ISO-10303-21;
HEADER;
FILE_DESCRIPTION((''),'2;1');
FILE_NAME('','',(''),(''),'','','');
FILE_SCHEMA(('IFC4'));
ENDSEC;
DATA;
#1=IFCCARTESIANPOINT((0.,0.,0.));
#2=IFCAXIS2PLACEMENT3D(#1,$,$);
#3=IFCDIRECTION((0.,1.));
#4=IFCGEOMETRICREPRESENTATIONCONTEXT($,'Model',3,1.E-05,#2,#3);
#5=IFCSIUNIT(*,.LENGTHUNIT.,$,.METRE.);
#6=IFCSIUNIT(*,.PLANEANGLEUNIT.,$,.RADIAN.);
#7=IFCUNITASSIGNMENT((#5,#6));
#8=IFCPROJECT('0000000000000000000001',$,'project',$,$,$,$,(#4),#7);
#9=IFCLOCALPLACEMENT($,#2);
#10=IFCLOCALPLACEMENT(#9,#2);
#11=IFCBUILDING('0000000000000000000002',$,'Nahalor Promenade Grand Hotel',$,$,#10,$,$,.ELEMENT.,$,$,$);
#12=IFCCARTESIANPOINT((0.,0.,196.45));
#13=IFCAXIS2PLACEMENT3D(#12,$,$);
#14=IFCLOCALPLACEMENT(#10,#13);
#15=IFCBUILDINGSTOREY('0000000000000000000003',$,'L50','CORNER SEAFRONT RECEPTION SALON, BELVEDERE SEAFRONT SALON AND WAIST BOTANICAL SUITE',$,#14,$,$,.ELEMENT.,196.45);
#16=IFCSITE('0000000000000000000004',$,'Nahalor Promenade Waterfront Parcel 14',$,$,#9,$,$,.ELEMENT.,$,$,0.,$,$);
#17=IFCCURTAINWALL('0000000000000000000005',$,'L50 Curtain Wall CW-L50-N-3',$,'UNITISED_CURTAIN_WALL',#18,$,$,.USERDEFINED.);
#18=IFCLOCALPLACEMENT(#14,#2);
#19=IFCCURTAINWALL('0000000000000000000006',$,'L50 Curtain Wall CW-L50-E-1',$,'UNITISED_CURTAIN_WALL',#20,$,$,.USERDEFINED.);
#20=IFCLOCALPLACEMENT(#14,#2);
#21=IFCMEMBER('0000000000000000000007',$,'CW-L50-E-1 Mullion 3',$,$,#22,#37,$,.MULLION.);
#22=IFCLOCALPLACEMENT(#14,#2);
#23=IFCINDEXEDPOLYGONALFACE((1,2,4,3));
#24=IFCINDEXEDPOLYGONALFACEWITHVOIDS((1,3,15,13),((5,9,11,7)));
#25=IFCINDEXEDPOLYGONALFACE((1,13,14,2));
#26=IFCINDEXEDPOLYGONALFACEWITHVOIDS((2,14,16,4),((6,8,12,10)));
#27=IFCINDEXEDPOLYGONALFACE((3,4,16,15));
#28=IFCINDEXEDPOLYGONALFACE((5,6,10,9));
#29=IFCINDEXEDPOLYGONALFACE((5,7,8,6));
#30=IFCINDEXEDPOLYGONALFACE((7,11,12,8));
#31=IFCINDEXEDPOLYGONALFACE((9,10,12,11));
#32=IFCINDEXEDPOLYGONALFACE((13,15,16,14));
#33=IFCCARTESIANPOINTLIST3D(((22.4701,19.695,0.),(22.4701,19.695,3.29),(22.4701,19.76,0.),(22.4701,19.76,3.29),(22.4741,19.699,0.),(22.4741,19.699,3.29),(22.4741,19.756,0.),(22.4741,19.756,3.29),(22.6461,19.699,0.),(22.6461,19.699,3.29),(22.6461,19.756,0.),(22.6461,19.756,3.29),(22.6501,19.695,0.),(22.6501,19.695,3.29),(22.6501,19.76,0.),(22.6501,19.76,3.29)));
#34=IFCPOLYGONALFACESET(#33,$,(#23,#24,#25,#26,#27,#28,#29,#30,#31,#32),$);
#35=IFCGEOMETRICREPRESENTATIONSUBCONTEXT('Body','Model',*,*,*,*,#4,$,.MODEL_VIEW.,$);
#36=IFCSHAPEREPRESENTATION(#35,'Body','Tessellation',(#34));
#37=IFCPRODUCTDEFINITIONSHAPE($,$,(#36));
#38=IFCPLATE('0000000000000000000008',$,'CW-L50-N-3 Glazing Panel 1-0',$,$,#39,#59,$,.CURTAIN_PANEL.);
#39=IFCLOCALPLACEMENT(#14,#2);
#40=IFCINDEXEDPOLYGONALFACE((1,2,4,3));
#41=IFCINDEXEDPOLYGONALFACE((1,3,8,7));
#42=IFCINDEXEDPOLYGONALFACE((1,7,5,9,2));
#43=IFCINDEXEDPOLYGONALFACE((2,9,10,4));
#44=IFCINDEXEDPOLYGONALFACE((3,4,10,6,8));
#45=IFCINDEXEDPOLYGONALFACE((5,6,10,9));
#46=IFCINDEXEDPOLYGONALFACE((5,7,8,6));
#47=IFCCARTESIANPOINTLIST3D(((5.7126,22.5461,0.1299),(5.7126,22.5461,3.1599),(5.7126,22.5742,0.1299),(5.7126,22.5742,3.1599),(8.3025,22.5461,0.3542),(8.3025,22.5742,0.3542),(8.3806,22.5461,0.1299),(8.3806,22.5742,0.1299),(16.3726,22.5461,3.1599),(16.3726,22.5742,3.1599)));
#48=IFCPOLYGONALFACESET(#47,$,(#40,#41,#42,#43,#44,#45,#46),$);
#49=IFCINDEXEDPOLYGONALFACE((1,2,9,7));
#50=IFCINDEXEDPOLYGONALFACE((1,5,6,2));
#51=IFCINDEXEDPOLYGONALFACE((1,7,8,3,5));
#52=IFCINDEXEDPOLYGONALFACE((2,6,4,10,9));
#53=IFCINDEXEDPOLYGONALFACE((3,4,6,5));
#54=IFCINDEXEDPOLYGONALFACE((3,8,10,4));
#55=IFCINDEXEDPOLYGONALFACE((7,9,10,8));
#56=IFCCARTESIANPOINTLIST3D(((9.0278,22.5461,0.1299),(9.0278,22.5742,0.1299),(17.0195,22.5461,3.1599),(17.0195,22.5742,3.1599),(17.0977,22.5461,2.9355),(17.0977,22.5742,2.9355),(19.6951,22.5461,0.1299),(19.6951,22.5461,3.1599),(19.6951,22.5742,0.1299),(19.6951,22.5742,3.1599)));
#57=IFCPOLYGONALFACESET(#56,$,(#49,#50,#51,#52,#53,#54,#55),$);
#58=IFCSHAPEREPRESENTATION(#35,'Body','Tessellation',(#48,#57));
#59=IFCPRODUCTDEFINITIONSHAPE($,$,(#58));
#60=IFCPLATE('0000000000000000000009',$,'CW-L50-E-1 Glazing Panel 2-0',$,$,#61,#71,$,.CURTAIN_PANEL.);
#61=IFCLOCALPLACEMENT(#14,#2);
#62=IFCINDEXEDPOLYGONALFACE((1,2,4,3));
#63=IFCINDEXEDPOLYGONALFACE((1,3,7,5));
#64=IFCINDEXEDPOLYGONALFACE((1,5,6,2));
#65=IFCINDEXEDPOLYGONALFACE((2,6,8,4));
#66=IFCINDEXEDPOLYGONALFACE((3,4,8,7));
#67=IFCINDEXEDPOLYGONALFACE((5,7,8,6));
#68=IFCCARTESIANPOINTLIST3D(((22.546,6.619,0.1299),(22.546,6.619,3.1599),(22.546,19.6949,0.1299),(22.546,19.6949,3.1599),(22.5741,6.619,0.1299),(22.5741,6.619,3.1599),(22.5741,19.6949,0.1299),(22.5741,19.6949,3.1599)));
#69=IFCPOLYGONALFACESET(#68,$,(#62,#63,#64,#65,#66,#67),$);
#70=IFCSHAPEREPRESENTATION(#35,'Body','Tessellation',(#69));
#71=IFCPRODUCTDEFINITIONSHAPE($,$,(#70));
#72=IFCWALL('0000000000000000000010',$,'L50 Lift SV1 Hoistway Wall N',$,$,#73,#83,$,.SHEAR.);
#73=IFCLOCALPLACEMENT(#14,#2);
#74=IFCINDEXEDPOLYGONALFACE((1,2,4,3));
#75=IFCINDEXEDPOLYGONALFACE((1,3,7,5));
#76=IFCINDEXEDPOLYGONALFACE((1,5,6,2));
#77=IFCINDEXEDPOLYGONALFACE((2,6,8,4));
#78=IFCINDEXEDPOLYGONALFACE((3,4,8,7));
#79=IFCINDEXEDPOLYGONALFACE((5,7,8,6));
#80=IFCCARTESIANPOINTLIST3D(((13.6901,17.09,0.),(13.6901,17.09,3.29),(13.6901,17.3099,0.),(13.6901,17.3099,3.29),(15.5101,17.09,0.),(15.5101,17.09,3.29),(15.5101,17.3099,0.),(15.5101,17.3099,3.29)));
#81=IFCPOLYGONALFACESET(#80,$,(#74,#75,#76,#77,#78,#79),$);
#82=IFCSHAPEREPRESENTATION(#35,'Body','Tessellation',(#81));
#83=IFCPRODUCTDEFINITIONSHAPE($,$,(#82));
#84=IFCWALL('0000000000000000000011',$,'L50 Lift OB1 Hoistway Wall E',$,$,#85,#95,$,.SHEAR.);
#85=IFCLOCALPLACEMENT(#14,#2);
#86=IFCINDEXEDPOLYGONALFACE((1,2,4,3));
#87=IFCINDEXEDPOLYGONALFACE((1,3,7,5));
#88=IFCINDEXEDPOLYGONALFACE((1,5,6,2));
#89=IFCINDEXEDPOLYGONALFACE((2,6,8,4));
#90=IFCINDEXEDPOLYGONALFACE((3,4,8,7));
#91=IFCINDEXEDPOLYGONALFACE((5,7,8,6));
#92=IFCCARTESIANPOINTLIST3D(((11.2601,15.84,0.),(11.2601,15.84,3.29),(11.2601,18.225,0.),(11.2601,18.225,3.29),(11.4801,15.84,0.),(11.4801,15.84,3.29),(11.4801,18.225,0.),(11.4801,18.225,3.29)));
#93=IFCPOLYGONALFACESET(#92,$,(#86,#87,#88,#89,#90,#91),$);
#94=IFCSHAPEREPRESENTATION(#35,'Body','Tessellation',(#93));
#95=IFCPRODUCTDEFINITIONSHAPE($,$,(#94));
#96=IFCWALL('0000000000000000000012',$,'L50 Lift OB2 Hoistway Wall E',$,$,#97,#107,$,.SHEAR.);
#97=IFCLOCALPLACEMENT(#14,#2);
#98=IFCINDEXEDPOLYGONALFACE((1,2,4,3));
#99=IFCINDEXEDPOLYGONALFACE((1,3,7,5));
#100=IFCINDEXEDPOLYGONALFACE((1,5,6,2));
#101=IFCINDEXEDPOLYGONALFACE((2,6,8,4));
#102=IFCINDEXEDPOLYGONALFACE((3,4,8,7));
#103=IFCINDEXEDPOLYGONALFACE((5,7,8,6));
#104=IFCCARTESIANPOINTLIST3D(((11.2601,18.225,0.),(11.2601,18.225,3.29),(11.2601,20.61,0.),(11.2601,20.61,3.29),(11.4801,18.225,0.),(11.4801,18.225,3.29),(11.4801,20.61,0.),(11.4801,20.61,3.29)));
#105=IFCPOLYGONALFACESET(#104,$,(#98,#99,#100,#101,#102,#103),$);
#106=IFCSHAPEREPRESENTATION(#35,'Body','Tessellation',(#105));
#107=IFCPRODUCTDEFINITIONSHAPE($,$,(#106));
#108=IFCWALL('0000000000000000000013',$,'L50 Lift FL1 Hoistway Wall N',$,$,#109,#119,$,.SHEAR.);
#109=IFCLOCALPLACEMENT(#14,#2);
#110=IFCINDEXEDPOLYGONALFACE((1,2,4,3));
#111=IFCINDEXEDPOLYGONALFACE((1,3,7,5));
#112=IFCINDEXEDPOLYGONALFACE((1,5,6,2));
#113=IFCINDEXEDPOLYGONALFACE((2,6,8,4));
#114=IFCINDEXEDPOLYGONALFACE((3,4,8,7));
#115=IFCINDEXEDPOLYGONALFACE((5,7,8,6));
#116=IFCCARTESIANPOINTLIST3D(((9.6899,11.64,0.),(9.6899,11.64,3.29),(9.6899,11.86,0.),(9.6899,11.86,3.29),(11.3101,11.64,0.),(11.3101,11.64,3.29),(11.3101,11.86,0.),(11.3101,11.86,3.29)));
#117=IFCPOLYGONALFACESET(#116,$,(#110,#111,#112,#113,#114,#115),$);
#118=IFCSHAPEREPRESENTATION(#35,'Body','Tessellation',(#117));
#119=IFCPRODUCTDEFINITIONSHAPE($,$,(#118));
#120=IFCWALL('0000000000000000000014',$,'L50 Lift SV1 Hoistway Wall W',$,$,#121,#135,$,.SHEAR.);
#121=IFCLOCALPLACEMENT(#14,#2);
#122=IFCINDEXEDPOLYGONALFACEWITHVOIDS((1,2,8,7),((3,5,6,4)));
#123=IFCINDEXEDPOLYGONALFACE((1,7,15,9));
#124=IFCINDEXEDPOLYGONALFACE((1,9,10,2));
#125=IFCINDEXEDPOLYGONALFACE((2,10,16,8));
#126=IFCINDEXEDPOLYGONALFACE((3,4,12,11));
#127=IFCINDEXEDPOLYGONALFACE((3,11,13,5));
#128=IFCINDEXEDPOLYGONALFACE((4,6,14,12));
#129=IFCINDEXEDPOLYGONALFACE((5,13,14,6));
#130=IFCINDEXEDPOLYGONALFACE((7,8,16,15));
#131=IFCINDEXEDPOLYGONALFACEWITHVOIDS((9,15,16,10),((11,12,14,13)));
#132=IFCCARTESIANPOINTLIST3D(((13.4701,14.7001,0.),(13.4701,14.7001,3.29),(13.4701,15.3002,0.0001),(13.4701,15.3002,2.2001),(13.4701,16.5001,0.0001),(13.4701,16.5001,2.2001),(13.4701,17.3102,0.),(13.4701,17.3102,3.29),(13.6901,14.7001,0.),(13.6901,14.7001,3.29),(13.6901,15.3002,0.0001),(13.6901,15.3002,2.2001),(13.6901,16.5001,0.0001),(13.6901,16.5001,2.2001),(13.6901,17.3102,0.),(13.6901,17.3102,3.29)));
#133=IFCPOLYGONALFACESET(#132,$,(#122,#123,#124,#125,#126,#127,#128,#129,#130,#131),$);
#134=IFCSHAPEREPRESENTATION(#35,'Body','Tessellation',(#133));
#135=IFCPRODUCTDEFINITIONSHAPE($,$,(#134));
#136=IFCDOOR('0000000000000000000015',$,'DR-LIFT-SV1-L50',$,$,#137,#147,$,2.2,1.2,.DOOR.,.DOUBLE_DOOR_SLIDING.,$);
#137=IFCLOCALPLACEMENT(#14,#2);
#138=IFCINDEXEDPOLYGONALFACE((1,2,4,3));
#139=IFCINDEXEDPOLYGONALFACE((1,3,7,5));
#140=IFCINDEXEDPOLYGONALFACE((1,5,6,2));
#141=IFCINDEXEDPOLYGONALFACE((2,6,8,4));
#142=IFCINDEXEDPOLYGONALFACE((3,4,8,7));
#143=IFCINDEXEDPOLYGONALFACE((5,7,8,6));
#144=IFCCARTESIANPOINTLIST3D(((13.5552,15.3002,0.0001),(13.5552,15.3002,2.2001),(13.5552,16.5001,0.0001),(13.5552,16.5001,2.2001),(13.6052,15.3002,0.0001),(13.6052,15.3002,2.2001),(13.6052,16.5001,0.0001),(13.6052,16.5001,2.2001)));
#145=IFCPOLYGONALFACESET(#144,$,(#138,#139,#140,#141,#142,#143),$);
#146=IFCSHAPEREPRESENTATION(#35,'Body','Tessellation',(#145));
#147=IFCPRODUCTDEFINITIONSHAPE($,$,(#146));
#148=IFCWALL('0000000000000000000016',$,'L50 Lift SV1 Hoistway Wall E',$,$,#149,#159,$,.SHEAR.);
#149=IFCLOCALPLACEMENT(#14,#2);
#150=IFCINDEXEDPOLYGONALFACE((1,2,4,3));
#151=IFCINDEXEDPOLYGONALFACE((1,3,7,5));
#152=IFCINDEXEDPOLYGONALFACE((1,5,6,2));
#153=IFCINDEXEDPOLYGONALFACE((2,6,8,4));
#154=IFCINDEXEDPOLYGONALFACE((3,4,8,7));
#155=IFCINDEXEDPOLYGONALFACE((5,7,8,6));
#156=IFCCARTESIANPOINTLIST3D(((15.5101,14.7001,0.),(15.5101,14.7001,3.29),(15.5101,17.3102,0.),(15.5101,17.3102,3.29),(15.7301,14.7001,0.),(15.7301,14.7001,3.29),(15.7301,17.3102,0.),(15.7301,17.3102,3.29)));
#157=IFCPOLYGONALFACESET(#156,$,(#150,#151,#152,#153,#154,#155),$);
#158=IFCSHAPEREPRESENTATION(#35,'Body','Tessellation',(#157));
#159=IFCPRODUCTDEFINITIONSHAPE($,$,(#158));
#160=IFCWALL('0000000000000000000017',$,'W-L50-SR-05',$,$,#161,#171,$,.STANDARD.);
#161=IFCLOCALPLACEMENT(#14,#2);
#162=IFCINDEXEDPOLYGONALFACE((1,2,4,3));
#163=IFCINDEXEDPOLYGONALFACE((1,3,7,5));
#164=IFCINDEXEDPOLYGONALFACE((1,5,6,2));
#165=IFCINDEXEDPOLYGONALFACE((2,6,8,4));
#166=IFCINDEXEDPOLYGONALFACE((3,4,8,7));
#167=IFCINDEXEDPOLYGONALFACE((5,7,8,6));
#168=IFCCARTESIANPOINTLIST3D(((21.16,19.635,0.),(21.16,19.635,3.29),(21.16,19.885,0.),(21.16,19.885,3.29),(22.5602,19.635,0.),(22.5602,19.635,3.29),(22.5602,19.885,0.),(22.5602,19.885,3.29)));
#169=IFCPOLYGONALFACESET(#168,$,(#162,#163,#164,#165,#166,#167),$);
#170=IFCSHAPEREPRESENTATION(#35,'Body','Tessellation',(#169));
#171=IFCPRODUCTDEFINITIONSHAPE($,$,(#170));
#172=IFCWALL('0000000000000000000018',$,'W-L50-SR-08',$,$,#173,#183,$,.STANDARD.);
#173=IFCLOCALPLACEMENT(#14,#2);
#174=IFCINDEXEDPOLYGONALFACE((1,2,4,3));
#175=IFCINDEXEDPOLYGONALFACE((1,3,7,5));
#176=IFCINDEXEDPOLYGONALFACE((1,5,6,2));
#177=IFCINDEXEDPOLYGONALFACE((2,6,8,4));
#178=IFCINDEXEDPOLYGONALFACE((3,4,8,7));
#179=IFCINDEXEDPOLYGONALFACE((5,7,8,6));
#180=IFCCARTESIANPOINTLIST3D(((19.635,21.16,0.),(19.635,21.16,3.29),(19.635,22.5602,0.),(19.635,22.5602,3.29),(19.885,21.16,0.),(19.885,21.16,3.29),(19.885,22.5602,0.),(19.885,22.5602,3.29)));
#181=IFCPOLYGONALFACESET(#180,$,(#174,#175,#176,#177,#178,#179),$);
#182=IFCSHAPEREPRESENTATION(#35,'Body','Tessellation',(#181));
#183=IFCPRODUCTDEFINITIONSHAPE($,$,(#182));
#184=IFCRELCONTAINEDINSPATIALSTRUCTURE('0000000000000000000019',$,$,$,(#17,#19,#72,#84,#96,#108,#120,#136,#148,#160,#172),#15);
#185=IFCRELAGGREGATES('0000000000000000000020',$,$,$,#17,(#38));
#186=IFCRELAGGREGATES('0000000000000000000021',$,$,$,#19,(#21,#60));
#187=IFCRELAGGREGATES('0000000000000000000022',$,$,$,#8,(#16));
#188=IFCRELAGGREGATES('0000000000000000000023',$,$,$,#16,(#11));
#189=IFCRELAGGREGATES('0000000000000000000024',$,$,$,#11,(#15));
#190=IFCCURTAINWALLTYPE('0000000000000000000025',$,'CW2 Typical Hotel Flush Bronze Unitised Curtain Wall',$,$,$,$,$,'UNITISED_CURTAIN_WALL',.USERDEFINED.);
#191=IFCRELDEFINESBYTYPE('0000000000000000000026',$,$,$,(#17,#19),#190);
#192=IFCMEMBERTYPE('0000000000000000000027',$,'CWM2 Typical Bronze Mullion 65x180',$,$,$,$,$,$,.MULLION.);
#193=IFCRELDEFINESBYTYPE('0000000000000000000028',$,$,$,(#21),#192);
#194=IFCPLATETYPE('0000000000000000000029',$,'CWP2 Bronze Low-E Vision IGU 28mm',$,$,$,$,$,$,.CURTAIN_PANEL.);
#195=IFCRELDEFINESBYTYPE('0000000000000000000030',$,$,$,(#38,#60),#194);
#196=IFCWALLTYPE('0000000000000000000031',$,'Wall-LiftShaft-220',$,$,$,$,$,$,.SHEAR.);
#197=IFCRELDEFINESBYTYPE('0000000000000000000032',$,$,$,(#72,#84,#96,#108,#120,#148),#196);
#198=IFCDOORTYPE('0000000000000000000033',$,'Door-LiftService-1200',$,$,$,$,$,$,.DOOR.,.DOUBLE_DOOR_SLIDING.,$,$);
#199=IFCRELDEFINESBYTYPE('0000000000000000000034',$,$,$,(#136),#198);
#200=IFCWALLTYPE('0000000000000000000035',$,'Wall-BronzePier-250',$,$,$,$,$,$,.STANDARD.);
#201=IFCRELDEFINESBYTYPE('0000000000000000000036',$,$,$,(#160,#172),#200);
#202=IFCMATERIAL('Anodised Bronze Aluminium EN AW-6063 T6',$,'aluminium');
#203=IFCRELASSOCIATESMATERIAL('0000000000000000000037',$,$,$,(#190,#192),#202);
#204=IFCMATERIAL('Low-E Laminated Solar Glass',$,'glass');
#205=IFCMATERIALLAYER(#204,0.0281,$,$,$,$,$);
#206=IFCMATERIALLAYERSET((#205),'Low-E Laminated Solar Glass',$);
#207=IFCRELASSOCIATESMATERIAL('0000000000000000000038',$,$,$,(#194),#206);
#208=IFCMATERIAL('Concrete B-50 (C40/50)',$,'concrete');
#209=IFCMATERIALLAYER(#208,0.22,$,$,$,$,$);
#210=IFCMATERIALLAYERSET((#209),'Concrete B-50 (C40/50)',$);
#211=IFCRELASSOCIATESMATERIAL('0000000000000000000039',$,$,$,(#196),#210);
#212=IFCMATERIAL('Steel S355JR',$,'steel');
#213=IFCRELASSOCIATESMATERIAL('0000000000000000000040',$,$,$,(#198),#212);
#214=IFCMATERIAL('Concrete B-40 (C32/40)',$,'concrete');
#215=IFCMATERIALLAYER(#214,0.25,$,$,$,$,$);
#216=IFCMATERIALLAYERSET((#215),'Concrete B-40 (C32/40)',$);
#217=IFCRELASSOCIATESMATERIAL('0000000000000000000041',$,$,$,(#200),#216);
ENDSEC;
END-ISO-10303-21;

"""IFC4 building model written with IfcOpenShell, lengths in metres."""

from ifc_helpers import new_model, si_unit, direction, frame, frame_2d, origin, origin_2d, place, context, subcontext, project, spatial, polyline, rectangle, hollow_rectangle, outline, extrude, source, transform, mapped, material, layer, layer_set, material_profile, profile_set, type_object, element, fill, aggregate, save


model = new_model("IFC4")

# Units and contexts
model_context = context("Model", 3, precision=1e-05, world=origin(), true_north=direction((0.0, 1.0)))
body_context = subcontext(model_context, "Body", "Model", "MODEL_VIEW")
ifc_project = project(units=[si_unit("LENGTHUNIT", "METRE"), si_unit("PLANEANGLEUNIT", "RADIAN")], contexts=[model_context])

# Site, building, storey
site_placement = place(None, origin())
site = spatial("IfcSite", under=ifc_project, at=site_placement, Name="Nahalor Promenade Waterfront Parcel 14", CompositionType="ELEMENT", RefElevation=0.0)
building_placement = place(site_placement, origin())
building = spatial("IfcBuilding", under=site, at=building_placement, Name="Nahalor Promenade Grand Hotel", CompositionType="ELEMENT")
storey_placement = place(building_placement, frame((0.0, 0.0, 196.45)))
storey = spatial("IfcBuildingStorey", under=building, at=storey_placement, Name="L50", Description="CORNER SEAFRONT RECEPTION SALON, BELVEDERE SEAFRONT SALON AND WAIST BOTANICAL SUITE", CompositionType="ELEMENT", Elevation=196.45)

# Shared definitions
ifc_material_1 = material(Name="Steel S355JR", Category="steel")

# Curtain walls, member
ifc_material_2 = material(Name="Anodised Bronze Aluminium EN AW-6063 T6", Category="aluminium")
curtain_wall_type = type_object("IfcCurtainWallType", Name="CW2 Typical Hotel Flush Bronze Unitised Curtain Wall", ElementType="UNITISED_CURTAIN_WALL", PredefinedType="USERDEFINED", material=ifc_material_2)
curtain_wall_1_placement = place(storey_placement, origin())
curtain_wall_1 = element("IfcCurtainWall", 1, at=curtain_wall_1_placement, inside=storey, type_object=curtain_wall_type, Name="L50 Curtain Wall CW-L50-N-3", ObjectType="UNITISED_CURTAIN_WALL", PredefinedType="USERDEFINED")
ifc_material_profile_1 = material_profile(ifc_material_2, hollow_rectangle(XDim=0.065, YDim=0.18, WallThickness=0.004, at=origin_2d()), Name="CWM 65x180x4")
ifc_profile_set_1 = profile_set([ifc_material_profile_1], Name="Anodised Bronze Aluminium EN AW-6063 T6")
member_type = type_object("IfcMemberType", Name="CWM2 Typical Bronze Mullion 65x180", PredefinedType="MULLION", material=ifc_profile_set_1)
shared_shape_1 = source(origin(), body_context, "Body", "SweptSolid", [
    extrude(hollow_rectangle(XDim=0.065, YDim=0.18, WallThickness=0.004, at=origin_2d()), origin(), (0.0, 0.0, 1.0), 3.29),
])
curtain_wall_2_placement = place(storey_placement, origin())
curtain_wall_2 = element("IfcCurtainWall", 2, at=curtain_wall_2_placement, inside=storey, type_object=curtain_wall_type, Name="L50 Curtain Wall CW-L50-E-1", ObjectType="UNITISED_CURTAIN_WALL", PredefinedType="USERDEFINED")
member_1_placement = place(storey_placement, frame((22.5601, 19.7275, 0.0), z_axis=(0.0, 0.0, 1.0), x_axis=(0.0, 1.0, 0.0)))
member_1 = element("IfcMember", 3, at=member_1_placement, type_object=member_type, Name="CW-L50-E-1 Mullion 3", PredefinedType="MULLION", context=body_context, shape_type="MappedRepresentation", body=[
    mapped(shared_shape_1, transform((0.0, 0.0, 0.0), scale=1.0)),
])

# Plates
ifc_material_3 = material(Name="Low-E Laminated Solar Glass", Category="glass")
ifc_layer_1 = layer(ifc_material_3, 0.0281)
ifc_layer_set_1 = layer_set([ifc_layer_1], Name="Low-E Laminated Solar Glass")
plate_type = type_object("IfcPlateType", Name="CWP2 Bronze Low-E Vision IGU 28mm", PredefinedType="CURTAIN_PANEL", material=ifc_layer_set_1)
plate_1_placement = place(storey_placement, frame((12.7039, 22.5601, 0.1299), z_axis=(0.0, 0.0, 1.0), x_axis=(1.0, 0.0, 0.0)))
plate_1 = element("IfcPlate", 4, at=plate_1_placement, type_object=plate_type, Name="CW-L50-N-3 Glazing Panel 1-0", PredefinedType="CURTAIN_PANEL", context=body_context, shape_type="SweptSolid", body=[
    extrude(outline(polyline([(-6.9912, 3.03), (-6.9912, 0.0), (-4.3232, 0.0), (-4.4014, 0.2244), (3.6687, 3.03), (-6.9912, 3.03)])), frame((0.0, 0.0142, 0.0), z_axis=(0.0, -1.0, 0.0), x_axis=(1.0, 0.0, 0.0)), (0.0, 0.0, 1.0), 0.0281),
    extrude(outline(polyline([(6.9912, 0.0), (6.9912, 3.03), (4.3157, 3.03), (4.3938, 2.8057), (-3.676, 0.0), (6.9912, 0.0)])), frame((0.0, 0.0142, 0.0), z_axis=(0.0, -1.0, 0.0), x_axis=(1.0, 0.0, 0.0)), (0.0, 0.0, 1.0), 0.0281),
])
aggregate(curtain_wall_1, [plate_1])
shared_shape_2 = source(origin(), body_context, "Body", "SweptSolid", [
    extrude(rectangle(XDim=13.0759, YDim=0.0281, at=origin_2d()), origin(), (0.0, 0.0, 1.0), 3.03),
])
plate_2_placement = place(storey_placement, frame((22.5601, 13.157, 0.1299), z_axis=(0.0, 0.0, 1.0), x_axis=(0.0, 1.0, 0.0)))
plate_2 = element("IfcPlate", 5, at=plate_2_placement, type_object=plate_type, Name="CW-L50-E-1 Glazing Panel 2-0", PredefinedType="CURTAIN_PANEL", context=body_context, shape_type="MappedRepresentation", body=[
    mapped(shared_shape_2, transform((0.0, 0.0, 0.0), scale=1.0)),
])
aggregate(curtain_wall_2, [member_1, plate_2])

# Walls
ifc_material_4 = material(Name="Concrete B-50 (C40/50)", Category="concrete")
ifc_layer_2 = layer(ifc_material_4, 0.22)
ifc_layer_set_2 = layer_set([ifc_layer_2], Name="Concrete B-50 (C40/50)")
wall_type_1 = type_object("IfcWallType", Name="Wall-LiftShaft-220", PredefinedType="SHEAR", material=ifc_layer_set_2)
shared_shape_3 = source(origin(), body_context, "Body", "SweptSolid", [
    extrude(rectangle(XDim=1.8201, YDim=0.22, at=frame_2d((0.9102, 0.0))), origin(), (0.0, 0.0, 1.0), 3.29),
])
wall_1_placement = place(storey_placement, frame((13.6899, 17.2, 0.0), z_axis=(0.0, 0.0, 1.0), x_axis=(1.0, 0.0, 0.0)))
element("IfcWall", 6, at=wall_1_placement, inside=storey, type_object=wall_type_1, Name="L50 Lift SV1 Hoistway Wall N", PredefinedType="SHEAR", context=body_context, shape_type="MappedRepresentation", body=[
    mapped(shared_shape_3, transform((0.0, 0.0, 0.0), scale=1.0)),
])
shared_shape_4 = source(origin(), body_context, "Body", "SweptSolid", [
    extrude(rectangle(XDim=2.385, YDim=0.22, at=frame_2d((1.1924, 0.0))), origin(), (0.0, 0.0, 1.0), 3.29),
])
for number, where, z_axis, x_axis, name in (
    (7, (11.3701, 15.8401, 0.0), (0.0, 0.0, 1.0), (0.0, 1.0, 0.0), "L50 Lift OB1 Hoistway Wall E"),
    (8, (11.3701, 18.2251, 0.0), (0.0, 0.0, 1.0), (0.0, 1.0, 0.0), "L50 Lift OB2 Hoistway Wall E"),
):
    element("IfcWall", number, at=place(storey_placement, frame(where, z_axis=z_axis, x_axis=x_axis)), inside=storey, type_object=wall_type_1, Name=name, PredefinedType="SHEAR", context=body_context, shape_type="MappedRepresentation", body=[
        mapped(shared_shape_4, transform((0.0, 0.0, 0.0), scale=1.0)),
    ])
shared_shape_5 = source(origin(), body_context, "Body", "SweptSolid", [
    extrude(rectangle(XDim=1.6201, YDim=0.22, at=frame_2d((0.8101, 0.0))), origin(), (0.0, 0.0, 1.0), 3.29),
])
wall_2_placement = place(storey_placement, frame((9.6899, 11.75, 0.0), z_axis=(0.0, 0.0, 1.0), x_axis=(1.0, 0.0, 0.0)))
element("IfcWall", 9, at=wall_2_placement, inside=storey, type_object=wall_type_1, Name="L50 Lift FL1 Hoistway Wall N", PredefinedType="SHEAR", context=body_context, shape_type="MappedRepresentation", body=[
    mapped(shared_shape_5, transform((0.0, 0.0, 0.0), scale=1.0)),
])

# Wall, opening, door
shared_shape_6 = source(origin(), body_context, "Body", "SweptSolid", [
    extrude(rectangle(XDim=2.6101, YDim=0.22, at=frame_2d((1.3052, 0.0))), origin(), (0.0, 0.0, 1.0), 3.29),
])
wall_3_placement = place(storey_placement, frame((13.5801, 14.7, 0.0), z_axis=(0.0, 0.0, 1.0), x_axis=(0.0, 1.0, 0.0)))
wall_3 = element("IfcWall", 10, at=wall_3_placement, inside=storey, type_object=wall_type_1, Name="L50 Lift SV1 Hoistway Wall W", PredefinedType="SHEAR", context=body_context, shape_type="MappedRepresentation", body=[
    mapped(shared_shape_6, transform((0.0, 0.0, 0.0), scale=1.0)),
])
opening_1_placement = place(wall_3_placement, frame((0.6001, 0.0, 0.0)))
opening_1 = element("IfcOpeningElement", 11, at=opening_1_placement, cuts=wall_3, PredefinedType="OPENING", context=body_context, shape_type="SweptSolid", body=[
    extrude(rectangle(XDim=1.2, YDim=2.2, at=frame_2d((0.6001, 1.1001))), frame((0.0, 0.1199, 0.0), z_axis=(0.0, -1.0, 0.0), x_axis=(1.0, 0.0, 0.0)), (0.0, 0.0, 1.0), 0.24),
])
door_type_1 = type_object("IfcDoorType", Name="Door-LiftService-1200", OperationType="DOUBLE_DOOR_SLIDING", PredefinedType="DOOR", material=ifc_material_1)
shared_shape_7 = source(origin(), body_context, "Body", "SweptSolid", [
    extrude(rectangle(XDim=1.2, YDim=2.2, at=frame_2d((0.6001, 1.1001))), frame((0.0, 0.0249, 0.0), z_axis=(0.0, -1.0, 0.0), x_axis=(1.0, 0.0, 0.0)), (0.0, 0.0, 1.0), 0.05),
])
door_1_placement = place(opening_1_placement, origin())
door_1 = element("IfcDoor", 12, at=door_1_placement, inside=storey, type_object=door_type_1, Name="DR-LIFT-SV1-L50", OperationType="DOUBLE_DOOR_SLIDING", OverallHeight=2.2, OverallWidth=1.2, PredefinedType="DOOR", context=body_context, shape_type="MappedRepresentation", body=[
    mapped(shared_shape_7, transform((0.0, 0.0, 0.0), scale=1.0)),
])
fill(opening_1, door_1)

# Walls
wall_4_placement = place(storey_placement, frame((15.6201, 14.7, 0.0), z_axis=(0.0, 0.0, 1.0), x_axis=(0.0, 1.0, 0.0)))
element("IfcWall", 13, at=wall_4_placement, inside=storey, type_object=wall_type_1, Name="L50 Lift SV1 Hoistway Wall E", PredefinedType="SHEAR", context=body_context, shape_type="MappedRepresentation", body=[
    mapped(shared_shape_6, transform((0.0, 0.0, 0.0), scale=1.0)),
])
ifc_material_5 = material(Name="Concrete B-40 (C32/40)", Category="concrete")
ifc_layer_3 = layer(ifc_material_5, 0.25)
ifc_layer_set_3 = layer_set([ifc_layer_3], Name="Concrete B-40 (C32/40)")
wall_type_2 = type_object("IfcWallType", Name="Wall-BronzePier-250", PredefinedType="STANDARD", material=ifc_layer_set_3)
shared_shape_8 = source(origin(), body_context, "Body", "SweptSolid", [
    extrude(rectangle(XDim=1.4001, YDim=0.25, at=frame_2d((0.7002, 0.0))), origin(), (0.0, 0.0, 1.0), 3.29),
])
for number, where, z_axis, x_axis, name in (
    (14, (21.1599, 19.76, 0.0), (0.0, 0.0, 1.0), (1.0, 0.0, 0.0), "W-L50-SR-05"),
    (15, (19.76, 21.1599, 0.0), (0.0, 0.0, 1.0), (0.0, 1.0, 0.0), "W-L50-SR-08"),
):
    element("IfcWall", number, at=place(storey_placement, frame(where, z_axis=z_axis, x_axis=x_axis)), inside=storey, type_object=wall_type_2, Name=name, PredefinedType="STANDARD", context=body_context, shape_type="MappedRepresentation", body=[
        mapped(shared_shape_8, transform((0.0, 0.0, 0.0), scale=1.0)),
    ])

save(model, "model.ifc")
